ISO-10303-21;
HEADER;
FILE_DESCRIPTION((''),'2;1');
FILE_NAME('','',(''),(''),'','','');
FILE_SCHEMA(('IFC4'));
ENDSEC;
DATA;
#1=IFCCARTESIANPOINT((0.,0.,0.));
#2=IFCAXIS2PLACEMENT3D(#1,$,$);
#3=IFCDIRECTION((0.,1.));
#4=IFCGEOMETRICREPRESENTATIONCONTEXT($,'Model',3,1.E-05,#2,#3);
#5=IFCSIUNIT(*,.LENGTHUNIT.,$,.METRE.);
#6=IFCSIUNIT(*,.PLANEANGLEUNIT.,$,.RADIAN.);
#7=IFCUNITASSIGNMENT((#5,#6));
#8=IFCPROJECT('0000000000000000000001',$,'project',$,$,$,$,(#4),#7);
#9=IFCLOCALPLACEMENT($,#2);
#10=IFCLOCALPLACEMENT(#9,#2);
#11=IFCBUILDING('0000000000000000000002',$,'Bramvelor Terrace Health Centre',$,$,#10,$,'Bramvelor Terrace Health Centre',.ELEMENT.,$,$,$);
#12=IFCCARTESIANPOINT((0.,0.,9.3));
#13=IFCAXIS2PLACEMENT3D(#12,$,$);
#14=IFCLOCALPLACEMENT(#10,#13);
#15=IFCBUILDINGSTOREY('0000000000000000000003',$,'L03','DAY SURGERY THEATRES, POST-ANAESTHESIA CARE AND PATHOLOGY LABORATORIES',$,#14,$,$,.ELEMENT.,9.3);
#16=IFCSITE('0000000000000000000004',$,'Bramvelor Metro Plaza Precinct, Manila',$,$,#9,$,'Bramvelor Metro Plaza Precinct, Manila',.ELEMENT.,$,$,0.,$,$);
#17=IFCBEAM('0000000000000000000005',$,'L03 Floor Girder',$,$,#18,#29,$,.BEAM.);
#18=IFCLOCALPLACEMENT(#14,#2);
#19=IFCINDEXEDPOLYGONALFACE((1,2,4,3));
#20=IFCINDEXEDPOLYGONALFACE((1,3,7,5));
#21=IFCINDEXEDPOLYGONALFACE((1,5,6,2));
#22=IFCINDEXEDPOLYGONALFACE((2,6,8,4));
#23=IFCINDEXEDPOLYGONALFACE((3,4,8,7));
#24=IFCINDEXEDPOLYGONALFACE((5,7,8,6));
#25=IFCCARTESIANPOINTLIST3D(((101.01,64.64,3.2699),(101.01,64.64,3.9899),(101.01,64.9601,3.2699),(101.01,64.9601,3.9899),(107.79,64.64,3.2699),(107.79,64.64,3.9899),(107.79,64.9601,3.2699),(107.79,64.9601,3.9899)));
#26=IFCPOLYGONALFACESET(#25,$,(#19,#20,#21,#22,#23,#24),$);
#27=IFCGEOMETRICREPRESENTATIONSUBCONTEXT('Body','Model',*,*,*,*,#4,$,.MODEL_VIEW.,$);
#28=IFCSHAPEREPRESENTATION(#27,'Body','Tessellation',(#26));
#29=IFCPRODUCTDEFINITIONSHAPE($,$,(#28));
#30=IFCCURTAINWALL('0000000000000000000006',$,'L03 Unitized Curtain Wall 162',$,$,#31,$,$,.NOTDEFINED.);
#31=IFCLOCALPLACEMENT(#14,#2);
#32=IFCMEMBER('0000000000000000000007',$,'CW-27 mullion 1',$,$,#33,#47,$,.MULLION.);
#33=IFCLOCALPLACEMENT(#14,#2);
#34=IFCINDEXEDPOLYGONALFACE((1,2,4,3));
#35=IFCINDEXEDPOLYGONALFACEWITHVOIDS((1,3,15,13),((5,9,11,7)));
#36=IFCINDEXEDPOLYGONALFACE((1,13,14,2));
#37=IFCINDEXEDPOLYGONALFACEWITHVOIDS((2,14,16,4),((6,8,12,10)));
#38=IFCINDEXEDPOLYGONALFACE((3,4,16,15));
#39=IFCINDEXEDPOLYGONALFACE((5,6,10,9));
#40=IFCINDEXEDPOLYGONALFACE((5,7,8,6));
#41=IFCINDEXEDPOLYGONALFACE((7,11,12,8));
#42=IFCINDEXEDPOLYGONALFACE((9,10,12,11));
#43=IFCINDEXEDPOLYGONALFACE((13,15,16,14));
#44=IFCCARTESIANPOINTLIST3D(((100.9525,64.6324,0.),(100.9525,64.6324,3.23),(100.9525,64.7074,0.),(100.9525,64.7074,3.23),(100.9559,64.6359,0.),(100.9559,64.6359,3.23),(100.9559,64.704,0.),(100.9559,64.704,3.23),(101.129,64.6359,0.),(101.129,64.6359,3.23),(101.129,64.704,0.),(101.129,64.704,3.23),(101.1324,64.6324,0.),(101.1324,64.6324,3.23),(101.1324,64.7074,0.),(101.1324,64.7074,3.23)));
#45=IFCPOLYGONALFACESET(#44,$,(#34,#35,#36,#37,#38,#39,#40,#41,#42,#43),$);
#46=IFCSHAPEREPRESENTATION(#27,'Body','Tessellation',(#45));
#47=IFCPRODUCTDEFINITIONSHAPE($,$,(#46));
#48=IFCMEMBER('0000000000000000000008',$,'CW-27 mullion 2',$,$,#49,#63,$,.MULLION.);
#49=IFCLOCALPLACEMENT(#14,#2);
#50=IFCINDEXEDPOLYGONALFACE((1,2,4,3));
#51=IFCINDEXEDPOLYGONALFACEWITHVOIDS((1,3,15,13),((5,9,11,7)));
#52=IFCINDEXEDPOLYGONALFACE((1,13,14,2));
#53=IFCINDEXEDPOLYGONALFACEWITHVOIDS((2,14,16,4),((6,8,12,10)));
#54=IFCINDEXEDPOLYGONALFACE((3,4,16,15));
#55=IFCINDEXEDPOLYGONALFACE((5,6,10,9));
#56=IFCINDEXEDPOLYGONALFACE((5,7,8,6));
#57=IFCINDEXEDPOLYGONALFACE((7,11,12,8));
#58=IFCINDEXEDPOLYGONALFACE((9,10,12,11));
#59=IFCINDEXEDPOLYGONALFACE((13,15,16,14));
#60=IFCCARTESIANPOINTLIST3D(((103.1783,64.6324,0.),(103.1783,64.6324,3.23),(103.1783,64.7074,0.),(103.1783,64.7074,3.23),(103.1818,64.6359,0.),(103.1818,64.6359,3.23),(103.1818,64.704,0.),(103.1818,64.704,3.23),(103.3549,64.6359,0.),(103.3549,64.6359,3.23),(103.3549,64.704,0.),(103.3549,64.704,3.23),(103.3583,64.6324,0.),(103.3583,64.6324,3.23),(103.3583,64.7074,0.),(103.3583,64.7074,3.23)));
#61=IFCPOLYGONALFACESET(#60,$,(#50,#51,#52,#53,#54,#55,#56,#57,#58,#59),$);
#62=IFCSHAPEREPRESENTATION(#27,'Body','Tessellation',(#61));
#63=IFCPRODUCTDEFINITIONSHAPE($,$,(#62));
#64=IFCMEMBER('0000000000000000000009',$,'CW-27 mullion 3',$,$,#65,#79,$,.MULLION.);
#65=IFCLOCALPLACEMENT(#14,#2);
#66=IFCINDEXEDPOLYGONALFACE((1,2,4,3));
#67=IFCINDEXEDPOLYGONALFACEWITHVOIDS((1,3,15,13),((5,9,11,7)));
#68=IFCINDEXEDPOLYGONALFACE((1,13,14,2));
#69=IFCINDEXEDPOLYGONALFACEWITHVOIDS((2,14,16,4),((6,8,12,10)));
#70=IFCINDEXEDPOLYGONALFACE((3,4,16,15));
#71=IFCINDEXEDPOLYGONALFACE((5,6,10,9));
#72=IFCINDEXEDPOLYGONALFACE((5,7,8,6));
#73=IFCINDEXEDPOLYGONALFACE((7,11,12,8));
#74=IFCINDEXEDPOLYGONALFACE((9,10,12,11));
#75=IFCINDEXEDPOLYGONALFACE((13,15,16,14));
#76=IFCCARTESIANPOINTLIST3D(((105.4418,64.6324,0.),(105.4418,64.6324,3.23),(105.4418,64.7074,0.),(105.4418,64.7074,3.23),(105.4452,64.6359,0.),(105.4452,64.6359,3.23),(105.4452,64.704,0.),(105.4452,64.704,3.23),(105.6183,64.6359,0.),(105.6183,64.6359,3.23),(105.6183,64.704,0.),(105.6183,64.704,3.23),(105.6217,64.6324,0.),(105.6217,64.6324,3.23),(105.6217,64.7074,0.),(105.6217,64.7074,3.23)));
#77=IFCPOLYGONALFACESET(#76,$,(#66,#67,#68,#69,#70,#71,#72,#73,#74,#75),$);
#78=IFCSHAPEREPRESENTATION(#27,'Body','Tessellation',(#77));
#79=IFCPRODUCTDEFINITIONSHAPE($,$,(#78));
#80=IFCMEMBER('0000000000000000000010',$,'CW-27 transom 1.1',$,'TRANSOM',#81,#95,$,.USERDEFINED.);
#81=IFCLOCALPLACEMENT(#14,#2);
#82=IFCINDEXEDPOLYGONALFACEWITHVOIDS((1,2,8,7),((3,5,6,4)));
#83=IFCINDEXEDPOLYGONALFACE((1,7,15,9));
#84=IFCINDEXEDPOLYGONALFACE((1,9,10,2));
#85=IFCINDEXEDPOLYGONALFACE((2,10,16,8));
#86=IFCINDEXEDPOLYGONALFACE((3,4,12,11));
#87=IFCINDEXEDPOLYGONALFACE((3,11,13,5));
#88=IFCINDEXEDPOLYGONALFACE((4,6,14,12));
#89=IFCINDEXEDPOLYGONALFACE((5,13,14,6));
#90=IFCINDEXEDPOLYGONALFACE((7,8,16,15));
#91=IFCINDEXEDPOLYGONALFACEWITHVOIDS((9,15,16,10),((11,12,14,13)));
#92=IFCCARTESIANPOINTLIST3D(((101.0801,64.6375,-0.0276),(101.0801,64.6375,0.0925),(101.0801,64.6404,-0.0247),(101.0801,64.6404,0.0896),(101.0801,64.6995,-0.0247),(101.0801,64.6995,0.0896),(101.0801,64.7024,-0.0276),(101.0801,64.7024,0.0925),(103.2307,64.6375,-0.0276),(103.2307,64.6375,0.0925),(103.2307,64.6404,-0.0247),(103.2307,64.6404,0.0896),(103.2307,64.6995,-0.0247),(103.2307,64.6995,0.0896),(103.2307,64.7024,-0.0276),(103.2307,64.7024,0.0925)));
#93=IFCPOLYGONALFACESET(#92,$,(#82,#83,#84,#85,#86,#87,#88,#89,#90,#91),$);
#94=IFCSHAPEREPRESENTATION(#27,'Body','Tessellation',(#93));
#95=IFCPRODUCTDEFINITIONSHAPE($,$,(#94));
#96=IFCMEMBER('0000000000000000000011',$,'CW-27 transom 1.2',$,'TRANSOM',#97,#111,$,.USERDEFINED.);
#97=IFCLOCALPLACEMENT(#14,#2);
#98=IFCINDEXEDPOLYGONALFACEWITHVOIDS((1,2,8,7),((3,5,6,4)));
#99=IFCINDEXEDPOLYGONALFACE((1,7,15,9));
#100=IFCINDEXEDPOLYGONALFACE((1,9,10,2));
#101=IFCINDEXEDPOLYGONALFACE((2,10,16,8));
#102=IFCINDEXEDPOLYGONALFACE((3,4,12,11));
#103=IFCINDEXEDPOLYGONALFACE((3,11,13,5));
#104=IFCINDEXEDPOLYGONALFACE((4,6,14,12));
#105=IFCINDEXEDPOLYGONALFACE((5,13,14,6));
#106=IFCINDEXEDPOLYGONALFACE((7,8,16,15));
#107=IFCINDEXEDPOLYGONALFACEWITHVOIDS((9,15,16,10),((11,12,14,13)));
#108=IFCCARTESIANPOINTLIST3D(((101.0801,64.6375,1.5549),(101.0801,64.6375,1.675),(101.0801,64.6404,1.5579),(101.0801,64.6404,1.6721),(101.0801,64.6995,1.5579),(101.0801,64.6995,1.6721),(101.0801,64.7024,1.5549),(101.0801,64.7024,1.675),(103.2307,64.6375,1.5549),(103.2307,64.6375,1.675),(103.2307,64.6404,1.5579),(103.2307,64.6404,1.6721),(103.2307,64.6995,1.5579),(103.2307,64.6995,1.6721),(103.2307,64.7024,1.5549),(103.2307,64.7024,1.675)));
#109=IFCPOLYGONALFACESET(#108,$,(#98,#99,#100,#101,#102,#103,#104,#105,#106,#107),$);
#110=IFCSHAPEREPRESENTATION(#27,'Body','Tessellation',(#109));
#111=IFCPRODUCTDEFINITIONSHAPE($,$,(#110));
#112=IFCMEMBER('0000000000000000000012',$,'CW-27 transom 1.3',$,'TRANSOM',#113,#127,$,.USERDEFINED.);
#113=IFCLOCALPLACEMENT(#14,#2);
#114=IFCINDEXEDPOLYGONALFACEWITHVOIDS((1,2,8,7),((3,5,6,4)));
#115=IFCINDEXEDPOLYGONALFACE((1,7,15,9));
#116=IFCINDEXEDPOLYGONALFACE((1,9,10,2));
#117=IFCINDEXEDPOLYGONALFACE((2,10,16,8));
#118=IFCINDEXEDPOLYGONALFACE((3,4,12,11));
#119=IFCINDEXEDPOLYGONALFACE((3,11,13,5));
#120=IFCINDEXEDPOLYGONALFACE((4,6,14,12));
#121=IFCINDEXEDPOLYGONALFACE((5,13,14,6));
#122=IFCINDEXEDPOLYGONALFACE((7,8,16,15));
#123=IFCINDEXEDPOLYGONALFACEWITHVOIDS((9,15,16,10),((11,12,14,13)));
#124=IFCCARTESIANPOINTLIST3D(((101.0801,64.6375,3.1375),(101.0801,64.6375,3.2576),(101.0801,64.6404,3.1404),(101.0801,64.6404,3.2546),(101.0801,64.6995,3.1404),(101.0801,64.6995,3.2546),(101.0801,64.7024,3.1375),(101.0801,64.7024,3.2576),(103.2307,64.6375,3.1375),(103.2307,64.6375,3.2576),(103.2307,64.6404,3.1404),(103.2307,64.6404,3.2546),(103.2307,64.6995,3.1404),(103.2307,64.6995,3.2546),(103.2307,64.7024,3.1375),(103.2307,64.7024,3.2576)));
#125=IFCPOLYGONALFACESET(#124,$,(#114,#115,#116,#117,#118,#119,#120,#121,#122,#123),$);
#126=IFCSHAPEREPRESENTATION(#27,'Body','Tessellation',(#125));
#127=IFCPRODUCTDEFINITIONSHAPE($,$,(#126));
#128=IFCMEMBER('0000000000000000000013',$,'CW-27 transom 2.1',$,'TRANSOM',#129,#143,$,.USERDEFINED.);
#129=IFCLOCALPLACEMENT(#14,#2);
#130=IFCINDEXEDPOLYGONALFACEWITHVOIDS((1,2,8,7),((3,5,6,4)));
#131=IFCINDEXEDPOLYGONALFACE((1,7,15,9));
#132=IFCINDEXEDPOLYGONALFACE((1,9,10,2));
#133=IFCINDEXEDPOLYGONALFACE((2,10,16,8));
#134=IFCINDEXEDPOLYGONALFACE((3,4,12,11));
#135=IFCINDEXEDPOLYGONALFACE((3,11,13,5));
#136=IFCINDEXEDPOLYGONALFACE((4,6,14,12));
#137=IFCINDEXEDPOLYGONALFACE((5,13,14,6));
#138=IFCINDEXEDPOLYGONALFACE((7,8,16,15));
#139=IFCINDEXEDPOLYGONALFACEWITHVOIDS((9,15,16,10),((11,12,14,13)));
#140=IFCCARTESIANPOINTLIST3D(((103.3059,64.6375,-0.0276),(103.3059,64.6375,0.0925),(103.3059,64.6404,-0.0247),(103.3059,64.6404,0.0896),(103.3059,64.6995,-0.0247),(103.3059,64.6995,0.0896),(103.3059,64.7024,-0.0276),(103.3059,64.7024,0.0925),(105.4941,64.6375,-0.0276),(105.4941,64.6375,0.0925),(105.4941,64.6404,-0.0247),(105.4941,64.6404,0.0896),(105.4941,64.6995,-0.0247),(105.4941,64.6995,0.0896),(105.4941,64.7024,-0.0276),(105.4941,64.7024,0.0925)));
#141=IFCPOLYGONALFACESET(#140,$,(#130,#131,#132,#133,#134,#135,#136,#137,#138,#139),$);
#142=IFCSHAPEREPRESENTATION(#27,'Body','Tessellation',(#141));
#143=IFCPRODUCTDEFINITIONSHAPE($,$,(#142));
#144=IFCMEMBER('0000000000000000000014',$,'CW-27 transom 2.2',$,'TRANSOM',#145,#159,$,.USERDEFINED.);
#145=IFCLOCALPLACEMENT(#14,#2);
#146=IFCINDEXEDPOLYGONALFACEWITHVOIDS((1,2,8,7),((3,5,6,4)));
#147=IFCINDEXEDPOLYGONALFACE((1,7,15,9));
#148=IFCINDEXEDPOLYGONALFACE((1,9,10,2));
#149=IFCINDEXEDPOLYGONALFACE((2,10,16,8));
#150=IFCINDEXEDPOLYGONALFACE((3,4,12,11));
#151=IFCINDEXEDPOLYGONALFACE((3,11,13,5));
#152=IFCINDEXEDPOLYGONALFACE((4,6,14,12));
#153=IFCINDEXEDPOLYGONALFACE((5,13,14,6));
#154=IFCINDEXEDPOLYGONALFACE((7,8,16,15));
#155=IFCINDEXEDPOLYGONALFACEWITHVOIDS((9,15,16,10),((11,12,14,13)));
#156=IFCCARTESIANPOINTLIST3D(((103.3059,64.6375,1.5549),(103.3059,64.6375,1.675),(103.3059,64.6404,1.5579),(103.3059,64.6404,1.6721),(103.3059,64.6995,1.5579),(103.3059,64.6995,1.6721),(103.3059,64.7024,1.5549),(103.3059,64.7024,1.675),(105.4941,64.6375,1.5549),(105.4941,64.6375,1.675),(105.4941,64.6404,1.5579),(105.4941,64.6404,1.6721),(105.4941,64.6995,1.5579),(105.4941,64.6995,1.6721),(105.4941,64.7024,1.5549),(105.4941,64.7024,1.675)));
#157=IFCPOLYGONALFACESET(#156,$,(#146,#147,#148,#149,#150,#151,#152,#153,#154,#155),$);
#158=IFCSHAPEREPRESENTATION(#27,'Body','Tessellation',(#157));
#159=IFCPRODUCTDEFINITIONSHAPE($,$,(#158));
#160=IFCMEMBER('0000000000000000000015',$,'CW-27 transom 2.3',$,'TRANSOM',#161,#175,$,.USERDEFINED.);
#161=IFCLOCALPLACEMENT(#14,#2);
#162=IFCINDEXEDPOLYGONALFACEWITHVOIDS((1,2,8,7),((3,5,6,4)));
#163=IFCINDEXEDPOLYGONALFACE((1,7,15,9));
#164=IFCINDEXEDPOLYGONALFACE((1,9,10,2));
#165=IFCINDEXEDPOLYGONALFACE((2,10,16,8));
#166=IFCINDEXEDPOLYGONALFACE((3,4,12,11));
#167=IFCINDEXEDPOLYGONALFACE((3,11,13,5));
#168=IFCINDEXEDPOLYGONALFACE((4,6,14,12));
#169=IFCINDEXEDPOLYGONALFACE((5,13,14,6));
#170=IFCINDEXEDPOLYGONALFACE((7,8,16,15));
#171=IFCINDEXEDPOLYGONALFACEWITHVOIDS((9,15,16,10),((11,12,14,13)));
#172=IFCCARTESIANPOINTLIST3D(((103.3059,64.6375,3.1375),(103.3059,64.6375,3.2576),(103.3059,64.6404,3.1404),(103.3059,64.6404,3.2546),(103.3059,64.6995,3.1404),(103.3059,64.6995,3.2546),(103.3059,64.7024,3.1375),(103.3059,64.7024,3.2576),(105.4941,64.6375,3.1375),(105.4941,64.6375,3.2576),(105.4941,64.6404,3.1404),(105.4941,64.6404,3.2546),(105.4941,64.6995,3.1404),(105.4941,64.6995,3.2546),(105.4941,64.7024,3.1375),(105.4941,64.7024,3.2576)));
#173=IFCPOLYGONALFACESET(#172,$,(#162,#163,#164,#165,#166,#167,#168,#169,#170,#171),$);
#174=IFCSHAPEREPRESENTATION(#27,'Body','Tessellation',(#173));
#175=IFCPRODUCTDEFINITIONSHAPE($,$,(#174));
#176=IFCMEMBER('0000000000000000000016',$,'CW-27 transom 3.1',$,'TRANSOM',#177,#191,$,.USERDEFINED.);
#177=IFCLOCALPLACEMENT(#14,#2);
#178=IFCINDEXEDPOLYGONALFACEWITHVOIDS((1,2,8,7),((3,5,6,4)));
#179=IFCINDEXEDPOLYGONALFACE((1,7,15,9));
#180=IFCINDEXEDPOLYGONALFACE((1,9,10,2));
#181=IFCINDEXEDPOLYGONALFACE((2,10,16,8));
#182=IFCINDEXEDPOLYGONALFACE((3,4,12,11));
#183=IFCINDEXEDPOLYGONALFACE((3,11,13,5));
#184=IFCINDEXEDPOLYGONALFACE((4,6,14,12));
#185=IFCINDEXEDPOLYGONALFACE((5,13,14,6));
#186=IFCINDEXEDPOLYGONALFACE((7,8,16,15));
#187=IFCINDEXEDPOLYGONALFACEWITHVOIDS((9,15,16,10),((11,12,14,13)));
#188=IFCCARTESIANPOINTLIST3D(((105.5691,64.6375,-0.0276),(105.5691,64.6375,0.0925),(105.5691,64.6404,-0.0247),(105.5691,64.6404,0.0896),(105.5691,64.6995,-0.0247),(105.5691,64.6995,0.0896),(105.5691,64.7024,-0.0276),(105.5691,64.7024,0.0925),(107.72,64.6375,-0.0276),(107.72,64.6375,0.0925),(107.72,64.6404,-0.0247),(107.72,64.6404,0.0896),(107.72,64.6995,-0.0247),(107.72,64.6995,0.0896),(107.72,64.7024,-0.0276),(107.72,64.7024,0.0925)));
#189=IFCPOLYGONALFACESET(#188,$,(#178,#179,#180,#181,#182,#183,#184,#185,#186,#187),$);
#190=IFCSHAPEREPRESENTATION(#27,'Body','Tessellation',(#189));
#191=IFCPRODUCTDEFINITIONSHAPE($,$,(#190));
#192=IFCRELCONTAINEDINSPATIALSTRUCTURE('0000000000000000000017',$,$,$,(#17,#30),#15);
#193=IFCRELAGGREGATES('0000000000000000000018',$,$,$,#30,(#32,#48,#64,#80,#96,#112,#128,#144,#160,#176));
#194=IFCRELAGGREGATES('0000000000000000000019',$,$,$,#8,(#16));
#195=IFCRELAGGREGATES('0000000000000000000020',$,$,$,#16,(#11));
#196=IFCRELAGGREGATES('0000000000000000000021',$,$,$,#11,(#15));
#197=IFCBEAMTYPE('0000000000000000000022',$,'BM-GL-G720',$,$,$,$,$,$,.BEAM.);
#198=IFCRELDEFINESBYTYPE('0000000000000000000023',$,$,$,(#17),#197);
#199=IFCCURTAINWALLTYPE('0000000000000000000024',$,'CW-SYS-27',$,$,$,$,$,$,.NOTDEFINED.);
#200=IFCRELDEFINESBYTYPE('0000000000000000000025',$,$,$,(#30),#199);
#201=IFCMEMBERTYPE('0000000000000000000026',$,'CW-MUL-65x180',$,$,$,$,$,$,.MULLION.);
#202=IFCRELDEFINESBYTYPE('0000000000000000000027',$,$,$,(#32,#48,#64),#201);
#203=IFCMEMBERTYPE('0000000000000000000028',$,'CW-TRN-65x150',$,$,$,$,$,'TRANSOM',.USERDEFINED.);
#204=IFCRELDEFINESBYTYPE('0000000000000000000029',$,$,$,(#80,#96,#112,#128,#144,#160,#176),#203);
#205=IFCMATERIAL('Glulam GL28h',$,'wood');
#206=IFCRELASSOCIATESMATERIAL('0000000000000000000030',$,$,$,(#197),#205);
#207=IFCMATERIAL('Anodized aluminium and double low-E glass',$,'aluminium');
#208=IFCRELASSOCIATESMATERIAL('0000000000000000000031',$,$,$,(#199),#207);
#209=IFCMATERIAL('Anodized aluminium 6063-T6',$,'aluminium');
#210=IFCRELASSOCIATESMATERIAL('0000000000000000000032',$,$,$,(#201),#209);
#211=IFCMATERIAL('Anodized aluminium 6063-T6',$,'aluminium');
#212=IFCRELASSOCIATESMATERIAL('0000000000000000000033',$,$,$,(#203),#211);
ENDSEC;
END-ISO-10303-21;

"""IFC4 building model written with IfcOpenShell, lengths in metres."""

from ifc_helpers import new_model, si_unit, direction, frame, origin, origin_2d, place, context, subcontext, project, spatial, rectangle, hollow_rectangle, extrude, material, material_profile, profile_set, type_object, element, aggregate, save


model = new_model("IFC4")

# Units and contexts
model_context = context("Model", 3, precision=1e-05, world=origin(), true_north=direction((0.0, 1.0)))
body_context = subcontext(model_context, "Body", "Model", "MODEL_VIEW")
ifc_project = project(units=[si_unit("LENGTHUNIT", "METRE"), si_unit("PLANEANGLEUNIT", "RADIAN")], contexts=[model_context])

# Site, building, storey
site_placement = place(None, origin())
site = spatial("IfcSite", under=ifc_project, at=site_placement, Name="Bramvelor Metro Plaza Precinct, Manila", LongName="Bramvelor Metro Plaza Precinct, Manila", CompositionType="ELEMENT", RefElevation=0.0)
building_placement = place(site_placement, origin())
building = spatial("IfcBuilding", under=site, at=building_placement, Name="Bramvelor Terrace Health Centre", LongName="Bramvelor Terrace Health Centre", CompositionType="ELEMENT")
storey_placement = place(building_placement, frame((0.0, 0.0, 9.3)))
storey = spatial("IfcBuildingStorey", under=building, at=storey_placement, Name="L03", Description="DAY SURGERY THEATRES, POST-ANAESTHESIA CARE AND PATHOLOGY LABORATORIES", CompositionType="ELEMENT", Elevation=9.3)

# Beam
ifc_material_1 = material(Name="Glulam GL28h", Category="wood")
ifc_material_profile_1 = material_profile(ifc_material_1, rectangle(XDim=0.3201, YDim=0.72, at=origin_2d()), Name="GL 320x720")
ifc_profile_set_1 = profile_set([ifc_material_profile_1], Name="Glulam GL28h")
beam_type = type_object("IfcBeamType", Name="BM-GL-G720", PredefinedType="BEAM", material=ifc_profile_set_1)
beam_placement = place(storey_placement, frame((101.01, 64.8, 3.6299), z_axis=(1.0, 0.0, 0.0), x_axis=(0.0, 1.0, 0.0)))
element("IfcBeam", 1, at=beam_placement, inside=storey, type_object=beam_type, Name="L03 Floor Girder", PredefinedType="BEAM", context=body_context, shape_type="SweptSolid", body=[
    extrude(rectangle(XDim=0.3201, YDim=0.72, at=origin_2d()), origin(), (0.0, 0.0, 1.0), 6.78),
])

# Curtain wall, members
ifc_material_2 = material(Name="Anodized aluminium and double low-E glass", Category="aluminium")
curtain_wall_type = type_object("IfcCurtainWallType", Name="CW-SYS-27", PredefinedType="NOTDEFINED", material=ifc_material_2)
curtain_wall_placement = place(storey_placement, origin())
curtain_wall = element("IfcCurtainWall", 2, at=curtain_wall_placement, inside=storey, type_object=curtain_wall_type, Name="L03 Unitized Curtain Wall 162", PredefinedType="NOTDEFINED")
ifc_material_3 = material(Name="Anodized aluminium 6063-T6", Category="aluminium")
ifc_material_profile_2 = material_profile(ifc_material_3, hollow_rectangle(XDim=0.075, YDim=0.1799, WallThickness=0.0034, at=origin_2d()), Name="ALU-MUL 75x180x3.5")
ifc_profile_set_2 = profile_set([ifc_material_profile_2], Name="Anodized aluminium 6063-T6")
member_type_1 = type_object("IfcMemberType", Name="CW-MUL-65x180", PredefinedType="MULLION", material=ifc_profile_set_2)
member_1_placement = place(storey_placement, frame((101.0425, 64.6699, 0.0), z_axis=(0.0, 0.0, 1.0), x_axis=(0.0, 1.0, 0.0)))
member_1 = element("IfcMember", 3, at=member_1_placement, type_object=member_type_1, Name="CW-27 mullion 1", PredefinedType="MULLION", context=body_context, shape_type="SweptSolid", body=[
    extrude(hollow_rectangle(XDim=0.075, YDim=0.1799, WallThickness=0.0034, at=origin_2d()), origin(), (0.0, 0.0, 1.0), 3.23),
])
member_2_placement = place(storey_placement, frame((103.2683, 64.6699, 0.0), z_axis=(0.0, 0.0, 1.0), x_axis=(0.0, 1.0, 0.0)))
member_2 = element("IfcMember", 4, at=member_2_placement, type_object=member_type_1, Name="CW-27 mullion 2", PredefinedType="MULLION", context=body_context, shape_type="SweptSolid", body=[
    extrude(hollow_rectangle(XDim=0.075, YDim=0.1799, WallThickness=0.0034, at=origin_2d()), origin(), (0.0, 0.0, 1.0), 3.23),
])
member_3_placement = place(storey_placement, frame((105.5317, 64.6699, 0.0), z_axis=(0.0, 0.0, 1.0), x_axis=(0.0, 1.0, 0.0)))
member_3 = element("IfcMember", 5, at=member_3_placement, type_object=member_type_1, Name="CW-27 mullion 3", PredefinedType="MULLION", context=body_context, shape_type="SweptSolid", body=[
    extrude(hollow_rectangle(XDim=0.075, YDim=0.1799, WallThickness=0.0034, at=origin_2d()), origin(), (0.0, 0.0, 1.0), 3.23),
])
ifc_material_4 = material(Name="Anodized aluminium 6063-T6", Category="aluminium")
ifc_material_profile_3 = material_profile(ifc_material_4, hollow_rectangle(XDim=0.0649, YDim=0.1201, WallThickness=0.0029, at=origin_2d()), Name="ALU-TRN 65x120x3.0")
ifc_profile_set_3 = profile_set([ifc_material_profile_3], Name="Anodized aluminium 6063-T6")
member_type_2 = type_object("IfcMemberType", Name="CW-TRN-65x150", ElementType="TRANSOM", PredefinedType="USERDEFINED", material=ifc_profile_set_3)
member_4_placement = place(storey_placement, frame((101.0801, 64.6699, 0.0325), z_axis=(1.0, 0.0, 0.0), x_axis=(0.0, 1.0, 0.0)))
member_4 = element("IfcMember", 6, at=member_4_placement, type_object=member_type_2, Name="CW-27 transom 1.1", ObjectType="TRANSOM", PredefinedType="USERDEFINED", context=body_context, shape_type="SweptSolid", body=[
    extrude(hollow_rectangle(XDim=0.0649, YDim=0.1201, WallThickness=0.0029, at=origin_2d()), origin(), (0.0, 0.0, 1.0), 2.1506),
])
member_5_placement = place(storey_placement, frame((101.0801, 64.6699, 1.615), z_axis=(1.0, 0.0, 0.0), x_axis=(0.0, 1.0, 0.0)))
member_5 = element("IfcMember", 7, at=member_5_placement, type_object=member_type_2, Name="CW-27 transom 1.2", ObjectType="TRANSOM", PredefinedType="USERDEFINED", context=body_context, shape_type="SweptSolid", body=[
    extrude(hollow_rectangle(XDim=0.0649, YDim=0.1201, WallThickness=0.0029, at=origin_2d()), origin(), (0.0, 0.0, 1.0), 2.1506),
])
member_6_placement = place(storey_placement, frame((101.0801, 64.6699, 3.1975), z_axis=(1.0, 0.0, 0.0), x_axis=(0.0, 1.0, 0.0)))
member_6 = element("IfcMember", 8, at=member_6_placement, type_object=member_type_2, Name="CW-27 transom 1.3", ObjectType="TRANSOM", PredefinedType="USERDEFINED", context=body_context, shape_type="SweptSolid", body=[
    extrude(hollow_rectangle(XDim=0.0649, YDim=0.1201, WallThickness=0.0029, at=origin_2d()), origin(), (0.0, 0.0, 1.0), 2.1506),
])
member_7_placement = place(storey_placement, frame((103.3059, 64.6699, 0.0325), z_axis=(1.0, 0.0, 0.0), x_axis=(0.0, 1.0, 0.0)))
member_7 = element("IfcMember", 9, at=member_7_placement, type_object=member_type_2, Name="CW-27 transom 2.1", ObjectType="TRANSOM", PredefinedType="USERDEFINED", context=body_context, shape_type="SweptSolid", body=[
    extrude(hollow_rectangle(XDim=0.0649, YDim=0.1201, WallThickness=0.0029, at=origin_2d()), origin(), (0.0, 0.0, 1.0), 2.1882),
])
member_8_placement = place(storey_placement, frame((103.3059, 64.6699, 1.615), z_axis=(1.0, 0.0, 0.0), x_axis=(0.0, 1.0, 0.0)))
member_8 = element("IfcMember", 10, at=member_8_placement, type_object=member_type_2, Name="CW-27 transom 2.2", ObjectType="TRANSOM", PredefinedType="USERDEFINED", context=body_context, shape_type="SweptSolid", body=[
    extrude(hollow_rectangle(XDim=0.0649, YDim=0.1201, WallThickness=0.0029, at=origin_2d()), origin(), (0.0, 0.0, 1.0), 2.1882),
])
member_9_placement = place(storey_placement, frame((103.3059, 64.6699, 3.1975), z_axis=(1.0, 0.0, 0.0), x_axis=(0.0, 1.0, 0.0)))
member_9 = element("IfcMember", 11, at=member_9_placement, type_object=member_type_2, Name="CW-27 transom 2.3", ObjectType="TRANSOM", PredefinedType="USERDEFINED", context=body_context, shape_type="SweptSolid", body=[
    extrude(hollow_rectangle(XDim=0.0649, YDim=0.1201, WallThickness=0.0029, at=origin_2d()), origin(), (0.0, 0.0, 1.0), 2.1882),
])
member_10_placement = place(storey_placement, frame((105.5691, 64.6699, 0.0325), z_axis=(1.0, 0.0, 0.0), x_axis=(0.0, 1.0, 0.0)))
member_10 = element("IfcMember", 12, at=member_10_placement, type_object=member_type_2, Name="CW-27 transom 3.1", ObjectType="TRANSOM", PredefinedType="USERDEFINED", context=body_context, shape_type="SweptSolid", body=[
    extrude(hollow_rectangle(XDim=0.0649, YDim=0.1201, WallThickness=0.0029, at=origin_2d()), origin(), (0.0, 0.0, 1.0), 2.1509),
])
aggregate(curtain_wall, [member_1, member_2, member_3, member_4, member_5, member_6, member_7, member_8, member_9, member_10])

save(model, "model.ifc")
